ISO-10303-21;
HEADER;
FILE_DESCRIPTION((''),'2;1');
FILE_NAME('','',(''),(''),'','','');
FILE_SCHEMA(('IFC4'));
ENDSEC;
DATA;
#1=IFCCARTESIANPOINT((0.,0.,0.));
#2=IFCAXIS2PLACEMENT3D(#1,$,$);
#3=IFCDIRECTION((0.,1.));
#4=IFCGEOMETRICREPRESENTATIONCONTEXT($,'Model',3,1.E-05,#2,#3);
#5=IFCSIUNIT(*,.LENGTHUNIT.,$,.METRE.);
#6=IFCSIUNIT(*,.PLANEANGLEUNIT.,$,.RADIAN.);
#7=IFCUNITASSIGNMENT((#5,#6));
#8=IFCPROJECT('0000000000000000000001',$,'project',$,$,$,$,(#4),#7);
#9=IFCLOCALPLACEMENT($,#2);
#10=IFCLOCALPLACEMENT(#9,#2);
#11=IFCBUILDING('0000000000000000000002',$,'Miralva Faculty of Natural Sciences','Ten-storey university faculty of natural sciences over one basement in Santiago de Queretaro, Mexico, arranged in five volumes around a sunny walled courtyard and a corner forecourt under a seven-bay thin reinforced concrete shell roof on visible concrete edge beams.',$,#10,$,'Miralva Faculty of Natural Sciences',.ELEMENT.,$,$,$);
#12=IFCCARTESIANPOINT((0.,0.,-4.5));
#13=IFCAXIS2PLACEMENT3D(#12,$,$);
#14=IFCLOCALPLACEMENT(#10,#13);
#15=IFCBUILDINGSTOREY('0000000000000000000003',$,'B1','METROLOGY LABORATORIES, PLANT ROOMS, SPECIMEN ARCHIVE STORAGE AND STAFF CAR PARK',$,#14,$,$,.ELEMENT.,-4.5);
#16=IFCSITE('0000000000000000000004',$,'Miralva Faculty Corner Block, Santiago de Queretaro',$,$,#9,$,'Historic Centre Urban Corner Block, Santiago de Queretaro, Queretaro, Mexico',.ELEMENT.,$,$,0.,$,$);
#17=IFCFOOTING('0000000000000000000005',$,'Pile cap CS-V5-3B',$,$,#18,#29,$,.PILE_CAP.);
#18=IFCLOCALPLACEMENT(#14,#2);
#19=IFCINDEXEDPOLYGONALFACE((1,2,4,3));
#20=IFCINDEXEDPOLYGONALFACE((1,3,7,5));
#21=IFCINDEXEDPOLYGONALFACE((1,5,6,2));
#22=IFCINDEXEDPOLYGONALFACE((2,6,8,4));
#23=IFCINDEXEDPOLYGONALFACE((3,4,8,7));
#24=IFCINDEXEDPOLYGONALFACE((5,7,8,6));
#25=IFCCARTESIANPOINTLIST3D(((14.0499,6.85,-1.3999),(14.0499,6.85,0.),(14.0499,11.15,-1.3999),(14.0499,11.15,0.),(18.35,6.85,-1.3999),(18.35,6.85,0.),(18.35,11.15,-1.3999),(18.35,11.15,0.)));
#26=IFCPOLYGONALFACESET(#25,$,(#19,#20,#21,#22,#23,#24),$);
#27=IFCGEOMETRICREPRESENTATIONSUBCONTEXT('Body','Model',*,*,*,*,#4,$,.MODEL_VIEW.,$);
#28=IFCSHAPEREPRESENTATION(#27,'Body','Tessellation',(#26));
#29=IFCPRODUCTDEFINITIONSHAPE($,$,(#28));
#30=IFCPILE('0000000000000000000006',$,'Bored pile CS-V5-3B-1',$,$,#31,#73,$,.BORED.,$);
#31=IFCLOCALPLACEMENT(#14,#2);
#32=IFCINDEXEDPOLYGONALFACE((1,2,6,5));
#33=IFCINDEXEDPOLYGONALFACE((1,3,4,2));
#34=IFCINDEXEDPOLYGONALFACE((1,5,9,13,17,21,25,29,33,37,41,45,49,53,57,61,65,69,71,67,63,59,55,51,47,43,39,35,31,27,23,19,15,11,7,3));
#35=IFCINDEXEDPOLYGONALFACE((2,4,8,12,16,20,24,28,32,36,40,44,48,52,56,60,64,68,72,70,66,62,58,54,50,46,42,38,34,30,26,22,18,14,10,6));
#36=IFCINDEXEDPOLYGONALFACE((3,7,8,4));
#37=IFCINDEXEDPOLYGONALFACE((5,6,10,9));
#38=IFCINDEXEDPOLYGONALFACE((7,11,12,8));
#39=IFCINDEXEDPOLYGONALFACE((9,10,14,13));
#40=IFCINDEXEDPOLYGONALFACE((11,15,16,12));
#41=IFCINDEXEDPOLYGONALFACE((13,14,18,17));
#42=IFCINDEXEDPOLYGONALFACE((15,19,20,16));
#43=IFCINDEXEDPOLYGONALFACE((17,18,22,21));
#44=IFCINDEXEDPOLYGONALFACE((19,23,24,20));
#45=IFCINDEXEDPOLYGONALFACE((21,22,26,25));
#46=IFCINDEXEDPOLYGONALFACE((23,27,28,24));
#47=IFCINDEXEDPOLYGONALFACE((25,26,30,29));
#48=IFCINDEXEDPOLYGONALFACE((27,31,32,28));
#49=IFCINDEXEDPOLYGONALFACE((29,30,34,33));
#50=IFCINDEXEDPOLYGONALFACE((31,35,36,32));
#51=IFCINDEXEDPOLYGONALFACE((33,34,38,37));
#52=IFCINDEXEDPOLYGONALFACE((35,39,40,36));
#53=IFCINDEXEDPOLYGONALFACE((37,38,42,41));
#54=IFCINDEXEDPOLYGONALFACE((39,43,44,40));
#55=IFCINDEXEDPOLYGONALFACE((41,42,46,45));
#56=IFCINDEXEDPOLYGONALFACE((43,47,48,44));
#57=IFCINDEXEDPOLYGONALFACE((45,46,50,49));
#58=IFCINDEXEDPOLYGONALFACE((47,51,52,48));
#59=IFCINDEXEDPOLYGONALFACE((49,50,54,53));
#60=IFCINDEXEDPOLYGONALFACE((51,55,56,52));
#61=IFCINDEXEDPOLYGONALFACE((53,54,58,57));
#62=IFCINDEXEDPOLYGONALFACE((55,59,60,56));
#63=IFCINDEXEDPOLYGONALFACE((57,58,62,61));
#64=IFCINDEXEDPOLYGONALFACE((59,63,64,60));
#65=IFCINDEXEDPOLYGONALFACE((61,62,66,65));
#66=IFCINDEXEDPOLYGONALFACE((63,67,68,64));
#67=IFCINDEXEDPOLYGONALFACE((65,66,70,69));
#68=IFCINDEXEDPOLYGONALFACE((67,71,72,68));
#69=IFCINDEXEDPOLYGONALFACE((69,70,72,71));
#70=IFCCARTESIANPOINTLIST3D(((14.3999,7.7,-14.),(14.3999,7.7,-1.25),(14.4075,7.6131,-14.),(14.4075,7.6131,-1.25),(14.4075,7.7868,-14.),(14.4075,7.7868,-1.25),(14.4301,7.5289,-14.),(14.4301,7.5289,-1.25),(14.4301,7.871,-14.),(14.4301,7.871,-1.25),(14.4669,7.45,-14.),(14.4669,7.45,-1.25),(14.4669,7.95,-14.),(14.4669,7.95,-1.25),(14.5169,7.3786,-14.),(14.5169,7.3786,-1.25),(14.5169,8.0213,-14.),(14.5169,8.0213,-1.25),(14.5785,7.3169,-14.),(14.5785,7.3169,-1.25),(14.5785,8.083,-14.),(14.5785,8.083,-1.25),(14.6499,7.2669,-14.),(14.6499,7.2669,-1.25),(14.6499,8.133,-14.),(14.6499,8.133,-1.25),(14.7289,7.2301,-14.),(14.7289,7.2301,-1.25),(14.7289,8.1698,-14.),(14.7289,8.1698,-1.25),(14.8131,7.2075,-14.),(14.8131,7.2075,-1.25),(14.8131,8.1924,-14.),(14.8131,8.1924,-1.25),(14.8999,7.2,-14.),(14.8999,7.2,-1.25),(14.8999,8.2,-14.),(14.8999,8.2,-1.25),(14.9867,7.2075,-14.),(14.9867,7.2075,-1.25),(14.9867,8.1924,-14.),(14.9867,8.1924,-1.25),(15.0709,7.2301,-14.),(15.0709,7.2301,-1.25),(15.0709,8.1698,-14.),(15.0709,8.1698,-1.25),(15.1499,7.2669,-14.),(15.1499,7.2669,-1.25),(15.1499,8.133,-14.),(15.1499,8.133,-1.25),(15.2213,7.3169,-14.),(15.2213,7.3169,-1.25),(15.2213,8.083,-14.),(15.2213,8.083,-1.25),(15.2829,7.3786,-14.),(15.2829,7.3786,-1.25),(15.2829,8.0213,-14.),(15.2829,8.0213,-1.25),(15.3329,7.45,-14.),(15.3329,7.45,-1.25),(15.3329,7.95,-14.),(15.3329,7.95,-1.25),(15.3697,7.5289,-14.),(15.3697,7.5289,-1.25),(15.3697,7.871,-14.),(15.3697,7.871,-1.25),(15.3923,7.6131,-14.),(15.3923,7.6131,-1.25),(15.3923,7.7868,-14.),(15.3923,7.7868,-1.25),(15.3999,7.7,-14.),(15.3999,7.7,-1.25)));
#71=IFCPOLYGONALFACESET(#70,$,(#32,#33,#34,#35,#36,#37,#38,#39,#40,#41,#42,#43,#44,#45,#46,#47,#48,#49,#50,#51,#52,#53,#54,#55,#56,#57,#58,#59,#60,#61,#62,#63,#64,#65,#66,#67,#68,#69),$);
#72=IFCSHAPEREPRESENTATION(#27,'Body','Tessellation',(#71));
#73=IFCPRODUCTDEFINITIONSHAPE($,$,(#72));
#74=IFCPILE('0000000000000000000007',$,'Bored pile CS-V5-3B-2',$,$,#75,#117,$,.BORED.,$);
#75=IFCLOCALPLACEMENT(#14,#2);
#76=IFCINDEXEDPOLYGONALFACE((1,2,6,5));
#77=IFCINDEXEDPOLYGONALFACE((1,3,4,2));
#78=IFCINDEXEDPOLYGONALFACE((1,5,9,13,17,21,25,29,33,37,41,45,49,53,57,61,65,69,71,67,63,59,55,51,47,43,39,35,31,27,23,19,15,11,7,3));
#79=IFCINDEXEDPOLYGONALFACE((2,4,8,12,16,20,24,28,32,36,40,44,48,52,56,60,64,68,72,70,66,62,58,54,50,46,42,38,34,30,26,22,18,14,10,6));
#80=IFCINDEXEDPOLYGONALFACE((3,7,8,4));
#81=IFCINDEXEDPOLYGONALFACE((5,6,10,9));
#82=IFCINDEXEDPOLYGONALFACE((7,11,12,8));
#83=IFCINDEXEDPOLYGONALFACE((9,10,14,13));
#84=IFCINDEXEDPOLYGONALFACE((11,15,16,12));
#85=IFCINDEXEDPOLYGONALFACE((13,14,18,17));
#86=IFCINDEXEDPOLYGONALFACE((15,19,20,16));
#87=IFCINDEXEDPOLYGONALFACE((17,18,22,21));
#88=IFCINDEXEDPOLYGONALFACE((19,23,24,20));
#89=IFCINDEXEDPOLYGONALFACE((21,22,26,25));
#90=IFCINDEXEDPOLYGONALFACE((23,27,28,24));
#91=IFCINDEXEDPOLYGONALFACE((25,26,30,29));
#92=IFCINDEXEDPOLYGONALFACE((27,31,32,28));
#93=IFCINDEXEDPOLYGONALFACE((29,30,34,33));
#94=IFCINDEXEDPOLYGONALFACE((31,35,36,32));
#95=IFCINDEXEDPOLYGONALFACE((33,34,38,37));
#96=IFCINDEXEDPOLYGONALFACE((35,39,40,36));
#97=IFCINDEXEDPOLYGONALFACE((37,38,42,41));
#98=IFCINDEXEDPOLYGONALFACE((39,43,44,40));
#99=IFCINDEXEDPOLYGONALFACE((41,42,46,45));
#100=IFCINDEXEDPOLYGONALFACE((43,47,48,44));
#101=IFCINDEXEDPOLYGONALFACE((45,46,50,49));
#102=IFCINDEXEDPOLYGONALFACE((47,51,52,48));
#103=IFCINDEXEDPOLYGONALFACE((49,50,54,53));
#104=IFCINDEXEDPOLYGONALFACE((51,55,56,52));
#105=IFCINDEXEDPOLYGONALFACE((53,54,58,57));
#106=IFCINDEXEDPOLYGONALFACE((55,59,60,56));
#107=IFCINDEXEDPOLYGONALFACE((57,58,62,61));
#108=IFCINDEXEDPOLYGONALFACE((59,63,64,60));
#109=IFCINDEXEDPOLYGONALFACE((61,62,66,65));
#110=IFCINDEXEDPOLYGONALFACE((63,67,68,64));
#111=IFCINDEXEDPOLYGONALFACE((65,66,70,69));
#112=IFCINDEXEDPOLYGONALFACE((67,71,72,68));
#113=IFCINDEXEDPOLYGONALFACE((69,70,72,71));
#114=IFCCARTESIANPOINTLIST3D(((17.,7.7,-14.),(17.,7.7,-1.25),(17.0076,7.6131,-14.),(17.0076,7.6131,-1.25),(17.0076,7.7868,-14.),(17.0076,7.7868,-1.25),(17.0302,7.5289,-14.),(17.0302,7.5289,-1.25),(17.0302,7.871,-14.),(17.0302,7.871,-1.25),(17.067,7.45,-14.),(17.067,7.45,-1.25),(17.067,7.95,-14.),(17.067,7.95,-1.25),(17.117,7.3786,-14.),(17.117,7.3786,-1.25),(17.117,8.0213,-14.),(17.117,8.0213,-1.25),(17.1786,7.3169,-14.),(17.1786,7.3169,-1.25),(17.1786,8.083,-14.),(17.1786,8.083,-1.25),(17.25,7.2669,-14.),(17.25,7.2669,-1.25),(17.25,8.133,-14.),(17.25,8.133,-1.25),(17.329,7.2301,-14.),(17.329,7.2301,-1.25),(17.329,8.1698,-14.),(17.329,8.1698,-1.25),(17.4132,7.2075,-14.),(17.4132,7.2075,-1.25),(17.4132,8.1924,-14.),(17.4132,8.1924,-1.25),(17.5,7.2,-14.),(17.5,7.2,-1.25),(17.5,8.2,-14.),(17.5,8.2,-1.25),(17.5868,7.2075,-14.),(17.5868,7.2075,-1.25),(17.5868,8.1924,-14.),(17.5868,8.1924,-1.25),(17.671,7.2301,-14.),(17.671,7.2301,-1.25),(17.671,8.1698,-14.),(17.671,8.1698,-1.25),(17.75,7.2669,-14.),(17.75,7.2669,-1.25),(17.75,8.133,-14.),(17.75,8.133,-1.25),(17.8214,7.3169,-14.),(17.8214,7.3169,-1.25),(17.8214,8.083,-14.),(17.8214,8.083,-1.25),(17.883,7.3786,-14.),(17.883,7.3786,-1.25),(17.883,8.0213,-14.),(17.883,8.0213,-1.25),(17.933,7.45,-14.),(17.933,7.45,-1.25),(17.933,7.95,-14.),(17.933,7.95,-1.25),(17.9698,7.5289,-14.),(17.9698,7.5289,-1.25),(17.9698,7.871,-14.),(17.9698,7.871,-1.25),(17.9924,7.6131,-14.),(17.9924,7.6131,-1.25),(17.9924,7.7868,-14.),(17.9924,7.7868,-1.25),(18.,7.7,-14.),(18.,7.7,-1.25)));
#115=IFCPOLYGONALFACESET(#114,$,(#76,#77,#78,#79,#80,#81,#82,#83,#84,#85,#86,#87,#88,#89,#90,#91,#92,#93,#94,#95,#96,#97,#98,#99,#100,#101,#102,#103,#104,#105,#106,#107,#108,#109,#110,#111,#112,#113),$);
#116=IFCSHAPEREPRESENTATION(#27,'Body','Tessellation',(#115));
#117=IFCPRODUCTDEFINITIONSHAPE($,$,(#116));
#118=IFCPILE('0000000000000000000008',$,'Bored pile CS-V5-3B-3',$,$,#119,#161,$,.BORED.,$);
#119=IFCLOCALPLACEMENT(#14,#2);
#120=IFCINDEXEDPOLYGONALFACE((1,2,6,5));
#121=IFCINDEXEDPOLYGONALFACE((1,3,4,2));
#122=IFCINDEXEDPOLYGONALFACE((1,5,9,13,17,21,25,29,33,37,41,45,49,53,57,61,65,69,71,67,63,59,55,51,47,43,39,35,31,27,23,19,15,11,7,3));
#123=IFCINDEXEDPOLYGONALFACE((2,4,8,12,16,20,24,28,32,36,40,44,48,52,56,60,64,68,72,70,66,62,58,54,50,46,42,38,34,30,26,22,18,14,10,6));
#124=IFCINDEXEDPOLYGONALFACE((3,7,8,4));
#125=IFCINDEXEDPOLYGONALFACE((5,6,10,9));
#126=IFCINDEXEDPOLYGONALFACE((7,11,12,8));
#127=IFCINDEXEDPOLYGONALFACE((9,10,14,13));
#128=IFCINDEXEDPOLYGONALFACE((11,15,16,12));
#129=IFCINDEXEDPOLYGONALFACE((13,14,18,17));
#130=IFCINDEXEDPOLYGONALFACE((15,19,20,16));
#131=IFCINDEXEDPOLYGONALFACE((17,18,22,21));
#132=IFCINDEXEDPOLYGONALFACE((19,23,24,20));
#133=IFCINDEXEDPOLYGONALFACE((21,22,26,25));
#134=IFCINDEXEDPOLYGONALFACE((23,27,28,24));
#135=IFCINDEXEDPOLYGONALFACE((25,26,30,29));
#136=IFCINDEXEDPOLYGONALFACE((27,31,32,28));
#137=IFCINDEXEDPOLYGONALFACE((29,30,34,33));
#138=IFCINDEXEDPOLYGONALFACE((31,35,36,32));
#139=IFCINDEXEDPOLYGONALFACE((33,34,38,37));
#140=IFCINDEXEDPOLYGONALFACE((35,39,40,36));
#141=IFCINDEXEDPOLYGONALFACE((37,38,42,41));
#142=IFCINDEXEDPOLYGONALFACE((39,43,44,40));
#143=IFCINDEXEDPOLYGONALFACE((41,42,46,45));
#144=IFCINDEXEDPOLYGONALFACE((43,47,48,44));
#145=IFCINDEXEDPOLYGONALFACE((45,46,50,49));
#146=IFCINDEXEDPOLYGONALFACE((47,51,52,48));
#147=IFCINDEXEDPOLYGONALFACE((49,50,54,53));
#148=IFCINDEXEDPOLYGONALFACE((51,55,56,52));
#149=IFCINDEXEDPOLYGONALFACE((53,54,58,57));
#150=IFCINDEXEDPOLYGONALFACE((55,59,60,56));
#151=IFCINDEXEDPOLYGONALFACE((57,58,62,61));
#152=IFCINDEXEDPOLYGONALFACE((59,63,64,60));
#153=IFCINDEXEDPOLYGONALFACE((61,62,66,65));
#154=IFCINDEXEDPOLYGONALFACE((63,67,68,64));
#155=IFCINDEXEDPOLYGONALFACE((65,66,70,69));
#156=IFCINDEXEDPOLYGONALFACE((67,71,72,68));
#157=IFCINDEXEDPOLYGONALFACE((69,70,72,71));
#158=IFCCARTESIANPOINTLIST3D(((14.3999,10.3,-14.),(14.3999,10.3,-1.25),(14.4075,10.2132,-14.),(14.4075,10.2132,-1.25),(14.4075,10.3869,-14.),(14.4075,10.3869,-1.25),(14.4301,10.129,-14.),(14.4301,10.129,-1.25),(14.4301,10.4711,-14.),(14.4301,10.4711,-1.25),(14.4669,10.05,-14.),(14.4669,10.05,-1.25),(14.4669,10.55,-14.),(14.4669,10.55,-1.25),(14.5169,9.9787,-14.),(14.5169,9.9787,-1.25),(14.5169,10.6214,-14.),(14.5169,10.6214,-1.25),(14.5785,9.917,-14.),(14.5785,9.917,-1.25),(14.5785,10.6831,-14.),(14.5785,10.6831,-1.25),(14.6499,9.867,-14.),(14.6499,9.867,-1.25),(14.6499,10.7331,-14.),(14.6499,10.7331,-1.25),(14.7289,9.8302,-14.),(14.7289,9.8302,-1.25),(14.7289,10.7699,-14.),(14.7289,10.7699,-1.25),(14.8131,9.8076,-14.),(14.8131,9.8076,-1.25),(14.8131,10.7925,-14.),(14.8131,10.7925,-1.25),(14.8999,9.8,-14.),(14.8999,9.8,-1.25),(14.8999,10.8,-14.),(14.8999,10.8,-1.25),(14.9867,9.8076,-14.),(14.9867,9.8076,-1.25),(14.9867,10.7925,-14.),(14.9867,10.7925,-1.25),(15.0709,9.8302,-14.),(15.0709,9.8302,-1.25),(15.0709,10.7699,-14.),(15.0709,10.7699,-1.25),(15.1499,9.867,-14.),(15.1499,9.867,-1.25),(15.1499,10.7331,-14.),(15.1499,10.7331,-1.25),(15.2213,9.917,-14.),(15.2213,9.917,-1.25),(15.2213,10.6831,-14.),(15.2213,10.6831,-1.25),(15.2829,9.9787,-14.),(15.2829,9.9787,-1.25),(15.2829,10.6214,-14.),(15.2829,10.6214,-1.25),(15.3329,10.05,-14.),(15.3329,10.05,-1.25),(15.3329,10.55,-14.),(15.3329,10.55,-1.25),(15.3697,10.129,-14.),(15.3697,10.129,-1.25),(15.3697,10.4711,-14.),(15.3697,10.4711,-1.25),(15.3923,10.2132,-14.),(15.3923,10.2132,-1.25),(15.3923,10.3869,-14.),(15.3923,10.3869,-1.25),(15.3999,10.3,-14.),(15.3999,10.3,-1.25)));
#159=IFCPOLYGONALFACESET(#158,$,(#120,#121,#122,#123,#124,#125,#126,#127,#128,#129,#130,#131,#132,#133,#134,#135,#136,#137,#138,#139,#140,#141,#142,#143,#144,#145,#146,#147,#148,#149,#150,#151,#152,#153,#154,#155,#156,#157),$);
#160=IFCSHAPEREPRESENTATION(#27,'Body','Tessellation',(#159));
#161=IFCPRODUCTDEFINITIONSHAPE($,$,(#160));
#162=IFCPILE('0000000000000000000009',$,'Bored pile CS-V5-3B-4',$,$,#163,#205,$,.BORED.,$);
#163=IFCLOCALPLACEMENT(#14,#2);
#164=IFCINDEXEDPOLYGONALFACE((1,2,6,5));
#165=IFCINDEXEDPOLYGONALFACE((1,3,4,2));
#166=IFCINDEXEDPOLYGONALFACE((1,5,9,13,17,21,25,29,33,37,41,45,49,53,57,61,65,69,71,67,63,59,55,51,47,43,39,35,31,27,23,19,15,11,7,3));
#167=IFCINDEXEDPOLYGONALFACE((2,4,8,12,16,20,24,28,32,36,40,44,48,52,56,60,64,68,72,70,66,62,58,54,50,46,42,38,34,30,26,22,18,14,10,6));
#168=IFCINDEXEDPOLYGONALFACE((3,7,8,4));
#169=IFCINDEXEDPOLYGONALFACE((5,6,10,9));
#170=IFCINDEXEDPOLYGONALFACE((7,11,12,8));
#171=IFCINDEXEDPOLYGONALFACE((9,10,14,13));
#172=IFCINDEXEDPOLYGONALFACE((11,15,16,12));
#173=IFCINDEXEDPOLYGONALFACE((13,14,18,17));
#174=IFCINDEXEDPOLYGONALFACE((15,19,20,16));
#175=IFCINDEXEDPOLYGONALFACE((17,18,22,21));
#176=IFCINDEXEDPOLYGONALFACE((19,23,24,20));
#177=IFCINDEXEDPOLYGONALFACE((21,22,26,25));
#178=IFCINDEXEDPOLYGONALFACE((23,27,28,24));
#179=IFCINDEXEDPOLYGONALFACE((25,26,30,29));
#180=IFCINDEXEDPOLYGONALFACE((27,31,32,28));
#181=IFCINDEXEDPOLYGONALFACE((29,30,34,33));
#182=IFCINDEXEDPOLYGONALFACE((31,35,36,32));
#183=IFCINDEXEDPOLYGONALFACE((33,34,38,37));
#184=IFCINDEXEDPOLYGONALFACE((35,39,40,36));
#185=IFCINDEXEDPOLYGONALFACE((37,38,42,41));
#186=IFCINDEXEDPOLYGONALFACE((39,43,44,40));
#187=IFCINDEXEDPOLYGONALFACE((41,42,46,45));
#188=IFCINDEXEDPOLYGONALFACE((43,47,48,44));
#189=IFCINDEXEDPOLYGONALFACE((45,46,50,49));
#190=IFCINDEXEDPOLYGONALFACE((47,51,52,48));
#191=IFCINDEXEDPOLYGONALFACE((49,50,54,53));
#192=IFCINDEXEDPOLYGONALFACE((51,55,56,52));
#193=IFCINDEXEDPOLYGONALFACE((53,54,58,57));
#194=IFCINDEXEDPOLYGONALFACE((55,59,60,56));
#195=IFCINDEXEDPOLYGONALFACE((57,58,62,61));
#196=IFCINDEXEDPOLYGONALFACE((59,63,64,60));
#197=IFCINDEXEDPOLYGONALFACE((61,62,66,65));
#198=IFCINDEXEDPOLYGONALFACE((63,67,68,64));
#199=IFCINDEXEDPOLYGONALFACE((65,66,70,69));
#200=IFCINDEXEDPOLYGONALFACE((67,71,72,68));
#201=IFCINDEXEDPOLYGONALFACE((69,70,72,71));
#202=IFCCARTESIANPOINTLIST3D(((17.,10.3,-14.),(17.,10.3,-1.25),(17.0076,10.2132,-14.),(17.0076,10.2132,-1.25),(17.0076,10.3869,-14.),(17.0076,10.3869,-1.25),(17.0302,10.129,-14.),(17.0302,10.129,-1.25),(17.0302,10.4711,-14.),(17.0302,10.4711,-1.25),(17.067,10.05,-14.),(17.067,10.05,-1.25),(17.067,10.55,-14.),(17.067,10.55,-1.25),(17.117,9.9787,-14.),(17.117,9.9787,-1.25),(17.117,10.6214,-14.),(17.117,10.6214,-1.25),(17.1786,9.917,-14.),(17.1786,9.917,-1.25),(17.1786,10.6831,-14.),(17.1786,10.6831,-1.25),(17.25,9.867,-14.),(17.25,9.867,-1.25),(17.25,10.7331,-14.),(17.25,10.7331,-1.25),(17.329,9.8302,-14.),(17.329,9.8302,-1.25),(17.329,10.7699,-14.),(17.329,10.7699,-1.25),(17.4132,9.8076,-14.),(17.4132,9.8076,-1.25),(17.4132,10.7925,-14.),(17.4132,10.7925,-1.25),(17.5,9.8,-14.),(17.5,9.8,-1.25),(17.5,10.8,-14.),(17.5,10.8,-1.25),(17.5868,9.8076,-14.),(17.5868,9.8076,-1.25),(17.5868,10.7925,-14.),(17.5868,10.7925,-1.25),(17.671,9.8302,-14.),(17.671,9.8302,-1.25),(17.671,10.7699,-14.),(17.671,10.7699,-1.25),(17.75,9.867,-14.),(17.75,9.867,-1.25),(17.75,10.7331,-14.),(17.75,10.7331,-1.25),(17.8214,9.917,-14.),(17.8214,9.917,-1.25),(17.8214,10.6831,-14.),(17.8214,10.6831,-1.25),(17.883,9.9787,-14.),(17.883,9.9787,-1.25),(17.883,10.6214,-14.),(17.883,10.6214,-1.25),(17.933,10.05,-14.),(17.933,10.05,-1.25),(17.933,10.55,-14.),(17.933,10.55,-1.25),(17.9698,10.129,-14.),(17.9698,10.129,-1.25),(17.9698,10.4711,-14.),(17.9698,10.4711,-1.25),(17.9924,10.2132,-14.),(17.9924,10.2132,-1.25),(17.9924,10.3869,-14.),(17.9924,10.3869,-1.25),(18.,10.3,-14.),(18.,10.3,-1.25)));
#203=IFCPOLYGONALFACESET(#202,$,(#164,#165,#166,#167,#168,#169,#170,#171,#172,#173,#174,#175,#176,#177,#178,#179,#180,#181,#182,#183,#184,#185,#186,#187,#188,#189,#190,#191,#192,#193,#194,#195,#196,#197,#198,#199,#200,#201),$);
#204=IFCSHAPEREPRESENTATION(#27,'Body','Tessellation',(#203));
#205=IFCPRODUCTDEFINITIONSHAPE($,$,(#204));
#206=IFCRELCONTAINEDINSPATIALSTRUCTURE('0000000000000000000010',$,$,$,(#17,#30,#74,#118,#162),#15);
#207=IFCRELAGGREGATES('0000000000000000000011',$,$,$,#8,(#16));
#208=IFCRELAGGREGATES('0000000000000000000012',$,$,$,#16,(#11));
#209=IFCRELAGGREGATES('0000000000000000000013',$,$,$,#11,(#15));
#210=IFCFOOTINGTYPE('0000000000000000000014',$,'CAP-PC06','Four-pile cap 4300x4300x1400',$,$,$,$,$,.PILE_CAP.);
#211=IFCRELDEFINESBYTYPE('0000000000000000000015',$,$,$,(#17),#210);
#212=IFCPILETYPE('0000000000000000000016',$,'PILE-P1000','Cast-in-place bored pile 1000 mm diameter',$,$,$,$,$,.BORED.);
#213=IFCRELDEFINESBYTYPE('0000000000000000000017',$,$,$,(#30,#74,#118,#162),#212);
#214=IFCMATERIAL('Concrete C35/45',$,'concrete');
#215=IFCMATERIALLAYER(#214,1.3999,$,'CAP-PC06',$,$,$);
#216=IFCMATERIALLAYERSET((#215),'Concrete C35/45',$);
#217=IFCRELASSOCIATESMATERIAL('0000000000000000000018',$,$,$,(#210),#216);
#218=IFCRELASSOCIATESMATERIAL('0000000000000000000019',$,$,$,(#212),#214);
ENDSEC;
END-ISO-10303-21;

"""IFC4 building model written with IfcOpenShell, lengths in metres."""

from ifc_helpers import new_model, si_unit, direction, frame, origin, origin_2d, place, context, subcontext, project, spatial, rectangle, circle, extrude, material, layer, layer_set, material_profile, profile_set, type_object, element, save


model = new_model("IFC4")

# Units and contexts
model_context = context("Model", 3, precision=1e-05, world=origin(), true_north=direction((0.0, 1.0)))
body_context = subcontext(model_context, "Body", "Model", "MODEL_VIEW")
ifc_project = project(units=[si_unit("LENGTHUNIT", "METRE"), si_unit("PLANEANGLEUNIT", "RADIAN")], contexts=[model_context])

# Site, building, storey
site_placement = place(None, origin())
site = spatial("IfcSite", under=ifc_project, at=site_placement, Name="Miralva Faculty Corner Block, Santiago de Queretaro", LongName="Historic Centre Urban Corner Block, Santiago de Queretaro, Queretaro, Mexico", CompositionType="ELEMENT", RefElevation=0.0)
building_placement = place(site_placement, origin())
building = spatial("IfcBuilding", under=site, at=building_placement, Name="Miralva Faculty of Natural Sciences", Description="Ten-storey university faculty of natural sciences over one basement in Santiago de Queretaro, Mexico, arranged in five volumes around a sunny walled courtyard and a corner forecourt under a seven-bay thin reinforced concrete shell roof on visible concrete edge beams.", LongName="Miralva Faculty of Natural Sciences", CompositionType="ELEMENT")
storey_placement = place(building_placement, frame((0.0, 0.0, -4.5)))
storey = spatial("IfcBuildingStorey", under=building, at=storey_placement, Name="B1", Description="METROLOGY LABORATORIES, PLANT ROOMS, SPECIMEN ARCHIVE STORAGE AND STAFF CAR PARK", CompositionType="ELEMENT", Elevation=-4.5)

# Footing
ifc_material_1 = material(Name="Concrete C35/45", Category="concrete")
ifc_layer_1 = layer(ifc_material_1, 1.3999, Name="CAP-PC06")
ifc_layer_set_1 = layer_set([ifc_layer_1], Name="Concrete C35/45")
footing_type = type_object("IfcFootingType", Name="CAP-PC06", Description="Four-pile cap 4300x4300x1400", PredefinedType="PILE_CAP", material=ifc_layer_set_1)
footing_placement = place(storey_placement, frame((16.2, 9.0, -1.3999), z_axis=(0.0, 0.0, 1.0), x_axis=(1.0, 0.0, 0.0)))
element("IfcFooting", 1, at=footing_placement, inside=storey, type_object=footing_type, Name="Pile cap CS-V5-3B", PredefinedType="PILE_CAP", context=body_context, shape_type="SweptSolid", body=[
    extrude(rectangle(XDim=4.3, YDim=4.3, at=origin_2d()), origin(), (0.0, 0.0, 1.0), 1.3999),
])

# Piles
ifc_material_profile_1 = material_profile(ifc_material_1, circle(Radius=0.5, at=origin_2d()), Name="BORED PILE 1000")
ifc_profile_set_1 = profile_set([ifc_material_profile_1], Name="Concrete C35/45")
pile_type_1 = type_object("IfcPileType", Name="PILE-P1000", Description="Cast-in-place bored pile 1000 mm diameter", PredefinedType="BORED", material=ifc_profile_set_1)
for number, where, z_axis, x_axis, name in (
    (2, (14.8999, 7.7, -1.25), (0.0, 0.0, -1.0), (1.0, 0.0, 0.0), "Bored pile CS-V5-3B-1"),
    (3, (17.5, 7.7, -1.25), (0.0, 0.0, -1.0), (1.0, 0.0, 0.0), "Bored pile CS-V5-3B-2"),
    (4, (14.8999, 10.3, -1.25), (0.0, 0.0, -1.0), (1.0, 0.0, 0.0), "Bored pile CS-V5-3B-3"),
    (5, (17.5, 10.3, -1.25), (0.0, 0.0, -1.0), (1.0, 0.0, 0.0), "Bored pile CS-V5-3B-4"),
):
    element("IfcPile", number, at=place(storey_placement, frame(where, z_axis=z_axis, x_axis=x_axis)), inside=storey, type_object=pile_type_1, Name=name, PredefinedType="BORED", context=body_context, shape_type="SweptSolid", body=[
        extrude(circle(Radius=0.5, at=origin_2d()), origin(), (0.0, 0.0, 1.0), 12.75),
    ])

save(model, "model.ifc")
